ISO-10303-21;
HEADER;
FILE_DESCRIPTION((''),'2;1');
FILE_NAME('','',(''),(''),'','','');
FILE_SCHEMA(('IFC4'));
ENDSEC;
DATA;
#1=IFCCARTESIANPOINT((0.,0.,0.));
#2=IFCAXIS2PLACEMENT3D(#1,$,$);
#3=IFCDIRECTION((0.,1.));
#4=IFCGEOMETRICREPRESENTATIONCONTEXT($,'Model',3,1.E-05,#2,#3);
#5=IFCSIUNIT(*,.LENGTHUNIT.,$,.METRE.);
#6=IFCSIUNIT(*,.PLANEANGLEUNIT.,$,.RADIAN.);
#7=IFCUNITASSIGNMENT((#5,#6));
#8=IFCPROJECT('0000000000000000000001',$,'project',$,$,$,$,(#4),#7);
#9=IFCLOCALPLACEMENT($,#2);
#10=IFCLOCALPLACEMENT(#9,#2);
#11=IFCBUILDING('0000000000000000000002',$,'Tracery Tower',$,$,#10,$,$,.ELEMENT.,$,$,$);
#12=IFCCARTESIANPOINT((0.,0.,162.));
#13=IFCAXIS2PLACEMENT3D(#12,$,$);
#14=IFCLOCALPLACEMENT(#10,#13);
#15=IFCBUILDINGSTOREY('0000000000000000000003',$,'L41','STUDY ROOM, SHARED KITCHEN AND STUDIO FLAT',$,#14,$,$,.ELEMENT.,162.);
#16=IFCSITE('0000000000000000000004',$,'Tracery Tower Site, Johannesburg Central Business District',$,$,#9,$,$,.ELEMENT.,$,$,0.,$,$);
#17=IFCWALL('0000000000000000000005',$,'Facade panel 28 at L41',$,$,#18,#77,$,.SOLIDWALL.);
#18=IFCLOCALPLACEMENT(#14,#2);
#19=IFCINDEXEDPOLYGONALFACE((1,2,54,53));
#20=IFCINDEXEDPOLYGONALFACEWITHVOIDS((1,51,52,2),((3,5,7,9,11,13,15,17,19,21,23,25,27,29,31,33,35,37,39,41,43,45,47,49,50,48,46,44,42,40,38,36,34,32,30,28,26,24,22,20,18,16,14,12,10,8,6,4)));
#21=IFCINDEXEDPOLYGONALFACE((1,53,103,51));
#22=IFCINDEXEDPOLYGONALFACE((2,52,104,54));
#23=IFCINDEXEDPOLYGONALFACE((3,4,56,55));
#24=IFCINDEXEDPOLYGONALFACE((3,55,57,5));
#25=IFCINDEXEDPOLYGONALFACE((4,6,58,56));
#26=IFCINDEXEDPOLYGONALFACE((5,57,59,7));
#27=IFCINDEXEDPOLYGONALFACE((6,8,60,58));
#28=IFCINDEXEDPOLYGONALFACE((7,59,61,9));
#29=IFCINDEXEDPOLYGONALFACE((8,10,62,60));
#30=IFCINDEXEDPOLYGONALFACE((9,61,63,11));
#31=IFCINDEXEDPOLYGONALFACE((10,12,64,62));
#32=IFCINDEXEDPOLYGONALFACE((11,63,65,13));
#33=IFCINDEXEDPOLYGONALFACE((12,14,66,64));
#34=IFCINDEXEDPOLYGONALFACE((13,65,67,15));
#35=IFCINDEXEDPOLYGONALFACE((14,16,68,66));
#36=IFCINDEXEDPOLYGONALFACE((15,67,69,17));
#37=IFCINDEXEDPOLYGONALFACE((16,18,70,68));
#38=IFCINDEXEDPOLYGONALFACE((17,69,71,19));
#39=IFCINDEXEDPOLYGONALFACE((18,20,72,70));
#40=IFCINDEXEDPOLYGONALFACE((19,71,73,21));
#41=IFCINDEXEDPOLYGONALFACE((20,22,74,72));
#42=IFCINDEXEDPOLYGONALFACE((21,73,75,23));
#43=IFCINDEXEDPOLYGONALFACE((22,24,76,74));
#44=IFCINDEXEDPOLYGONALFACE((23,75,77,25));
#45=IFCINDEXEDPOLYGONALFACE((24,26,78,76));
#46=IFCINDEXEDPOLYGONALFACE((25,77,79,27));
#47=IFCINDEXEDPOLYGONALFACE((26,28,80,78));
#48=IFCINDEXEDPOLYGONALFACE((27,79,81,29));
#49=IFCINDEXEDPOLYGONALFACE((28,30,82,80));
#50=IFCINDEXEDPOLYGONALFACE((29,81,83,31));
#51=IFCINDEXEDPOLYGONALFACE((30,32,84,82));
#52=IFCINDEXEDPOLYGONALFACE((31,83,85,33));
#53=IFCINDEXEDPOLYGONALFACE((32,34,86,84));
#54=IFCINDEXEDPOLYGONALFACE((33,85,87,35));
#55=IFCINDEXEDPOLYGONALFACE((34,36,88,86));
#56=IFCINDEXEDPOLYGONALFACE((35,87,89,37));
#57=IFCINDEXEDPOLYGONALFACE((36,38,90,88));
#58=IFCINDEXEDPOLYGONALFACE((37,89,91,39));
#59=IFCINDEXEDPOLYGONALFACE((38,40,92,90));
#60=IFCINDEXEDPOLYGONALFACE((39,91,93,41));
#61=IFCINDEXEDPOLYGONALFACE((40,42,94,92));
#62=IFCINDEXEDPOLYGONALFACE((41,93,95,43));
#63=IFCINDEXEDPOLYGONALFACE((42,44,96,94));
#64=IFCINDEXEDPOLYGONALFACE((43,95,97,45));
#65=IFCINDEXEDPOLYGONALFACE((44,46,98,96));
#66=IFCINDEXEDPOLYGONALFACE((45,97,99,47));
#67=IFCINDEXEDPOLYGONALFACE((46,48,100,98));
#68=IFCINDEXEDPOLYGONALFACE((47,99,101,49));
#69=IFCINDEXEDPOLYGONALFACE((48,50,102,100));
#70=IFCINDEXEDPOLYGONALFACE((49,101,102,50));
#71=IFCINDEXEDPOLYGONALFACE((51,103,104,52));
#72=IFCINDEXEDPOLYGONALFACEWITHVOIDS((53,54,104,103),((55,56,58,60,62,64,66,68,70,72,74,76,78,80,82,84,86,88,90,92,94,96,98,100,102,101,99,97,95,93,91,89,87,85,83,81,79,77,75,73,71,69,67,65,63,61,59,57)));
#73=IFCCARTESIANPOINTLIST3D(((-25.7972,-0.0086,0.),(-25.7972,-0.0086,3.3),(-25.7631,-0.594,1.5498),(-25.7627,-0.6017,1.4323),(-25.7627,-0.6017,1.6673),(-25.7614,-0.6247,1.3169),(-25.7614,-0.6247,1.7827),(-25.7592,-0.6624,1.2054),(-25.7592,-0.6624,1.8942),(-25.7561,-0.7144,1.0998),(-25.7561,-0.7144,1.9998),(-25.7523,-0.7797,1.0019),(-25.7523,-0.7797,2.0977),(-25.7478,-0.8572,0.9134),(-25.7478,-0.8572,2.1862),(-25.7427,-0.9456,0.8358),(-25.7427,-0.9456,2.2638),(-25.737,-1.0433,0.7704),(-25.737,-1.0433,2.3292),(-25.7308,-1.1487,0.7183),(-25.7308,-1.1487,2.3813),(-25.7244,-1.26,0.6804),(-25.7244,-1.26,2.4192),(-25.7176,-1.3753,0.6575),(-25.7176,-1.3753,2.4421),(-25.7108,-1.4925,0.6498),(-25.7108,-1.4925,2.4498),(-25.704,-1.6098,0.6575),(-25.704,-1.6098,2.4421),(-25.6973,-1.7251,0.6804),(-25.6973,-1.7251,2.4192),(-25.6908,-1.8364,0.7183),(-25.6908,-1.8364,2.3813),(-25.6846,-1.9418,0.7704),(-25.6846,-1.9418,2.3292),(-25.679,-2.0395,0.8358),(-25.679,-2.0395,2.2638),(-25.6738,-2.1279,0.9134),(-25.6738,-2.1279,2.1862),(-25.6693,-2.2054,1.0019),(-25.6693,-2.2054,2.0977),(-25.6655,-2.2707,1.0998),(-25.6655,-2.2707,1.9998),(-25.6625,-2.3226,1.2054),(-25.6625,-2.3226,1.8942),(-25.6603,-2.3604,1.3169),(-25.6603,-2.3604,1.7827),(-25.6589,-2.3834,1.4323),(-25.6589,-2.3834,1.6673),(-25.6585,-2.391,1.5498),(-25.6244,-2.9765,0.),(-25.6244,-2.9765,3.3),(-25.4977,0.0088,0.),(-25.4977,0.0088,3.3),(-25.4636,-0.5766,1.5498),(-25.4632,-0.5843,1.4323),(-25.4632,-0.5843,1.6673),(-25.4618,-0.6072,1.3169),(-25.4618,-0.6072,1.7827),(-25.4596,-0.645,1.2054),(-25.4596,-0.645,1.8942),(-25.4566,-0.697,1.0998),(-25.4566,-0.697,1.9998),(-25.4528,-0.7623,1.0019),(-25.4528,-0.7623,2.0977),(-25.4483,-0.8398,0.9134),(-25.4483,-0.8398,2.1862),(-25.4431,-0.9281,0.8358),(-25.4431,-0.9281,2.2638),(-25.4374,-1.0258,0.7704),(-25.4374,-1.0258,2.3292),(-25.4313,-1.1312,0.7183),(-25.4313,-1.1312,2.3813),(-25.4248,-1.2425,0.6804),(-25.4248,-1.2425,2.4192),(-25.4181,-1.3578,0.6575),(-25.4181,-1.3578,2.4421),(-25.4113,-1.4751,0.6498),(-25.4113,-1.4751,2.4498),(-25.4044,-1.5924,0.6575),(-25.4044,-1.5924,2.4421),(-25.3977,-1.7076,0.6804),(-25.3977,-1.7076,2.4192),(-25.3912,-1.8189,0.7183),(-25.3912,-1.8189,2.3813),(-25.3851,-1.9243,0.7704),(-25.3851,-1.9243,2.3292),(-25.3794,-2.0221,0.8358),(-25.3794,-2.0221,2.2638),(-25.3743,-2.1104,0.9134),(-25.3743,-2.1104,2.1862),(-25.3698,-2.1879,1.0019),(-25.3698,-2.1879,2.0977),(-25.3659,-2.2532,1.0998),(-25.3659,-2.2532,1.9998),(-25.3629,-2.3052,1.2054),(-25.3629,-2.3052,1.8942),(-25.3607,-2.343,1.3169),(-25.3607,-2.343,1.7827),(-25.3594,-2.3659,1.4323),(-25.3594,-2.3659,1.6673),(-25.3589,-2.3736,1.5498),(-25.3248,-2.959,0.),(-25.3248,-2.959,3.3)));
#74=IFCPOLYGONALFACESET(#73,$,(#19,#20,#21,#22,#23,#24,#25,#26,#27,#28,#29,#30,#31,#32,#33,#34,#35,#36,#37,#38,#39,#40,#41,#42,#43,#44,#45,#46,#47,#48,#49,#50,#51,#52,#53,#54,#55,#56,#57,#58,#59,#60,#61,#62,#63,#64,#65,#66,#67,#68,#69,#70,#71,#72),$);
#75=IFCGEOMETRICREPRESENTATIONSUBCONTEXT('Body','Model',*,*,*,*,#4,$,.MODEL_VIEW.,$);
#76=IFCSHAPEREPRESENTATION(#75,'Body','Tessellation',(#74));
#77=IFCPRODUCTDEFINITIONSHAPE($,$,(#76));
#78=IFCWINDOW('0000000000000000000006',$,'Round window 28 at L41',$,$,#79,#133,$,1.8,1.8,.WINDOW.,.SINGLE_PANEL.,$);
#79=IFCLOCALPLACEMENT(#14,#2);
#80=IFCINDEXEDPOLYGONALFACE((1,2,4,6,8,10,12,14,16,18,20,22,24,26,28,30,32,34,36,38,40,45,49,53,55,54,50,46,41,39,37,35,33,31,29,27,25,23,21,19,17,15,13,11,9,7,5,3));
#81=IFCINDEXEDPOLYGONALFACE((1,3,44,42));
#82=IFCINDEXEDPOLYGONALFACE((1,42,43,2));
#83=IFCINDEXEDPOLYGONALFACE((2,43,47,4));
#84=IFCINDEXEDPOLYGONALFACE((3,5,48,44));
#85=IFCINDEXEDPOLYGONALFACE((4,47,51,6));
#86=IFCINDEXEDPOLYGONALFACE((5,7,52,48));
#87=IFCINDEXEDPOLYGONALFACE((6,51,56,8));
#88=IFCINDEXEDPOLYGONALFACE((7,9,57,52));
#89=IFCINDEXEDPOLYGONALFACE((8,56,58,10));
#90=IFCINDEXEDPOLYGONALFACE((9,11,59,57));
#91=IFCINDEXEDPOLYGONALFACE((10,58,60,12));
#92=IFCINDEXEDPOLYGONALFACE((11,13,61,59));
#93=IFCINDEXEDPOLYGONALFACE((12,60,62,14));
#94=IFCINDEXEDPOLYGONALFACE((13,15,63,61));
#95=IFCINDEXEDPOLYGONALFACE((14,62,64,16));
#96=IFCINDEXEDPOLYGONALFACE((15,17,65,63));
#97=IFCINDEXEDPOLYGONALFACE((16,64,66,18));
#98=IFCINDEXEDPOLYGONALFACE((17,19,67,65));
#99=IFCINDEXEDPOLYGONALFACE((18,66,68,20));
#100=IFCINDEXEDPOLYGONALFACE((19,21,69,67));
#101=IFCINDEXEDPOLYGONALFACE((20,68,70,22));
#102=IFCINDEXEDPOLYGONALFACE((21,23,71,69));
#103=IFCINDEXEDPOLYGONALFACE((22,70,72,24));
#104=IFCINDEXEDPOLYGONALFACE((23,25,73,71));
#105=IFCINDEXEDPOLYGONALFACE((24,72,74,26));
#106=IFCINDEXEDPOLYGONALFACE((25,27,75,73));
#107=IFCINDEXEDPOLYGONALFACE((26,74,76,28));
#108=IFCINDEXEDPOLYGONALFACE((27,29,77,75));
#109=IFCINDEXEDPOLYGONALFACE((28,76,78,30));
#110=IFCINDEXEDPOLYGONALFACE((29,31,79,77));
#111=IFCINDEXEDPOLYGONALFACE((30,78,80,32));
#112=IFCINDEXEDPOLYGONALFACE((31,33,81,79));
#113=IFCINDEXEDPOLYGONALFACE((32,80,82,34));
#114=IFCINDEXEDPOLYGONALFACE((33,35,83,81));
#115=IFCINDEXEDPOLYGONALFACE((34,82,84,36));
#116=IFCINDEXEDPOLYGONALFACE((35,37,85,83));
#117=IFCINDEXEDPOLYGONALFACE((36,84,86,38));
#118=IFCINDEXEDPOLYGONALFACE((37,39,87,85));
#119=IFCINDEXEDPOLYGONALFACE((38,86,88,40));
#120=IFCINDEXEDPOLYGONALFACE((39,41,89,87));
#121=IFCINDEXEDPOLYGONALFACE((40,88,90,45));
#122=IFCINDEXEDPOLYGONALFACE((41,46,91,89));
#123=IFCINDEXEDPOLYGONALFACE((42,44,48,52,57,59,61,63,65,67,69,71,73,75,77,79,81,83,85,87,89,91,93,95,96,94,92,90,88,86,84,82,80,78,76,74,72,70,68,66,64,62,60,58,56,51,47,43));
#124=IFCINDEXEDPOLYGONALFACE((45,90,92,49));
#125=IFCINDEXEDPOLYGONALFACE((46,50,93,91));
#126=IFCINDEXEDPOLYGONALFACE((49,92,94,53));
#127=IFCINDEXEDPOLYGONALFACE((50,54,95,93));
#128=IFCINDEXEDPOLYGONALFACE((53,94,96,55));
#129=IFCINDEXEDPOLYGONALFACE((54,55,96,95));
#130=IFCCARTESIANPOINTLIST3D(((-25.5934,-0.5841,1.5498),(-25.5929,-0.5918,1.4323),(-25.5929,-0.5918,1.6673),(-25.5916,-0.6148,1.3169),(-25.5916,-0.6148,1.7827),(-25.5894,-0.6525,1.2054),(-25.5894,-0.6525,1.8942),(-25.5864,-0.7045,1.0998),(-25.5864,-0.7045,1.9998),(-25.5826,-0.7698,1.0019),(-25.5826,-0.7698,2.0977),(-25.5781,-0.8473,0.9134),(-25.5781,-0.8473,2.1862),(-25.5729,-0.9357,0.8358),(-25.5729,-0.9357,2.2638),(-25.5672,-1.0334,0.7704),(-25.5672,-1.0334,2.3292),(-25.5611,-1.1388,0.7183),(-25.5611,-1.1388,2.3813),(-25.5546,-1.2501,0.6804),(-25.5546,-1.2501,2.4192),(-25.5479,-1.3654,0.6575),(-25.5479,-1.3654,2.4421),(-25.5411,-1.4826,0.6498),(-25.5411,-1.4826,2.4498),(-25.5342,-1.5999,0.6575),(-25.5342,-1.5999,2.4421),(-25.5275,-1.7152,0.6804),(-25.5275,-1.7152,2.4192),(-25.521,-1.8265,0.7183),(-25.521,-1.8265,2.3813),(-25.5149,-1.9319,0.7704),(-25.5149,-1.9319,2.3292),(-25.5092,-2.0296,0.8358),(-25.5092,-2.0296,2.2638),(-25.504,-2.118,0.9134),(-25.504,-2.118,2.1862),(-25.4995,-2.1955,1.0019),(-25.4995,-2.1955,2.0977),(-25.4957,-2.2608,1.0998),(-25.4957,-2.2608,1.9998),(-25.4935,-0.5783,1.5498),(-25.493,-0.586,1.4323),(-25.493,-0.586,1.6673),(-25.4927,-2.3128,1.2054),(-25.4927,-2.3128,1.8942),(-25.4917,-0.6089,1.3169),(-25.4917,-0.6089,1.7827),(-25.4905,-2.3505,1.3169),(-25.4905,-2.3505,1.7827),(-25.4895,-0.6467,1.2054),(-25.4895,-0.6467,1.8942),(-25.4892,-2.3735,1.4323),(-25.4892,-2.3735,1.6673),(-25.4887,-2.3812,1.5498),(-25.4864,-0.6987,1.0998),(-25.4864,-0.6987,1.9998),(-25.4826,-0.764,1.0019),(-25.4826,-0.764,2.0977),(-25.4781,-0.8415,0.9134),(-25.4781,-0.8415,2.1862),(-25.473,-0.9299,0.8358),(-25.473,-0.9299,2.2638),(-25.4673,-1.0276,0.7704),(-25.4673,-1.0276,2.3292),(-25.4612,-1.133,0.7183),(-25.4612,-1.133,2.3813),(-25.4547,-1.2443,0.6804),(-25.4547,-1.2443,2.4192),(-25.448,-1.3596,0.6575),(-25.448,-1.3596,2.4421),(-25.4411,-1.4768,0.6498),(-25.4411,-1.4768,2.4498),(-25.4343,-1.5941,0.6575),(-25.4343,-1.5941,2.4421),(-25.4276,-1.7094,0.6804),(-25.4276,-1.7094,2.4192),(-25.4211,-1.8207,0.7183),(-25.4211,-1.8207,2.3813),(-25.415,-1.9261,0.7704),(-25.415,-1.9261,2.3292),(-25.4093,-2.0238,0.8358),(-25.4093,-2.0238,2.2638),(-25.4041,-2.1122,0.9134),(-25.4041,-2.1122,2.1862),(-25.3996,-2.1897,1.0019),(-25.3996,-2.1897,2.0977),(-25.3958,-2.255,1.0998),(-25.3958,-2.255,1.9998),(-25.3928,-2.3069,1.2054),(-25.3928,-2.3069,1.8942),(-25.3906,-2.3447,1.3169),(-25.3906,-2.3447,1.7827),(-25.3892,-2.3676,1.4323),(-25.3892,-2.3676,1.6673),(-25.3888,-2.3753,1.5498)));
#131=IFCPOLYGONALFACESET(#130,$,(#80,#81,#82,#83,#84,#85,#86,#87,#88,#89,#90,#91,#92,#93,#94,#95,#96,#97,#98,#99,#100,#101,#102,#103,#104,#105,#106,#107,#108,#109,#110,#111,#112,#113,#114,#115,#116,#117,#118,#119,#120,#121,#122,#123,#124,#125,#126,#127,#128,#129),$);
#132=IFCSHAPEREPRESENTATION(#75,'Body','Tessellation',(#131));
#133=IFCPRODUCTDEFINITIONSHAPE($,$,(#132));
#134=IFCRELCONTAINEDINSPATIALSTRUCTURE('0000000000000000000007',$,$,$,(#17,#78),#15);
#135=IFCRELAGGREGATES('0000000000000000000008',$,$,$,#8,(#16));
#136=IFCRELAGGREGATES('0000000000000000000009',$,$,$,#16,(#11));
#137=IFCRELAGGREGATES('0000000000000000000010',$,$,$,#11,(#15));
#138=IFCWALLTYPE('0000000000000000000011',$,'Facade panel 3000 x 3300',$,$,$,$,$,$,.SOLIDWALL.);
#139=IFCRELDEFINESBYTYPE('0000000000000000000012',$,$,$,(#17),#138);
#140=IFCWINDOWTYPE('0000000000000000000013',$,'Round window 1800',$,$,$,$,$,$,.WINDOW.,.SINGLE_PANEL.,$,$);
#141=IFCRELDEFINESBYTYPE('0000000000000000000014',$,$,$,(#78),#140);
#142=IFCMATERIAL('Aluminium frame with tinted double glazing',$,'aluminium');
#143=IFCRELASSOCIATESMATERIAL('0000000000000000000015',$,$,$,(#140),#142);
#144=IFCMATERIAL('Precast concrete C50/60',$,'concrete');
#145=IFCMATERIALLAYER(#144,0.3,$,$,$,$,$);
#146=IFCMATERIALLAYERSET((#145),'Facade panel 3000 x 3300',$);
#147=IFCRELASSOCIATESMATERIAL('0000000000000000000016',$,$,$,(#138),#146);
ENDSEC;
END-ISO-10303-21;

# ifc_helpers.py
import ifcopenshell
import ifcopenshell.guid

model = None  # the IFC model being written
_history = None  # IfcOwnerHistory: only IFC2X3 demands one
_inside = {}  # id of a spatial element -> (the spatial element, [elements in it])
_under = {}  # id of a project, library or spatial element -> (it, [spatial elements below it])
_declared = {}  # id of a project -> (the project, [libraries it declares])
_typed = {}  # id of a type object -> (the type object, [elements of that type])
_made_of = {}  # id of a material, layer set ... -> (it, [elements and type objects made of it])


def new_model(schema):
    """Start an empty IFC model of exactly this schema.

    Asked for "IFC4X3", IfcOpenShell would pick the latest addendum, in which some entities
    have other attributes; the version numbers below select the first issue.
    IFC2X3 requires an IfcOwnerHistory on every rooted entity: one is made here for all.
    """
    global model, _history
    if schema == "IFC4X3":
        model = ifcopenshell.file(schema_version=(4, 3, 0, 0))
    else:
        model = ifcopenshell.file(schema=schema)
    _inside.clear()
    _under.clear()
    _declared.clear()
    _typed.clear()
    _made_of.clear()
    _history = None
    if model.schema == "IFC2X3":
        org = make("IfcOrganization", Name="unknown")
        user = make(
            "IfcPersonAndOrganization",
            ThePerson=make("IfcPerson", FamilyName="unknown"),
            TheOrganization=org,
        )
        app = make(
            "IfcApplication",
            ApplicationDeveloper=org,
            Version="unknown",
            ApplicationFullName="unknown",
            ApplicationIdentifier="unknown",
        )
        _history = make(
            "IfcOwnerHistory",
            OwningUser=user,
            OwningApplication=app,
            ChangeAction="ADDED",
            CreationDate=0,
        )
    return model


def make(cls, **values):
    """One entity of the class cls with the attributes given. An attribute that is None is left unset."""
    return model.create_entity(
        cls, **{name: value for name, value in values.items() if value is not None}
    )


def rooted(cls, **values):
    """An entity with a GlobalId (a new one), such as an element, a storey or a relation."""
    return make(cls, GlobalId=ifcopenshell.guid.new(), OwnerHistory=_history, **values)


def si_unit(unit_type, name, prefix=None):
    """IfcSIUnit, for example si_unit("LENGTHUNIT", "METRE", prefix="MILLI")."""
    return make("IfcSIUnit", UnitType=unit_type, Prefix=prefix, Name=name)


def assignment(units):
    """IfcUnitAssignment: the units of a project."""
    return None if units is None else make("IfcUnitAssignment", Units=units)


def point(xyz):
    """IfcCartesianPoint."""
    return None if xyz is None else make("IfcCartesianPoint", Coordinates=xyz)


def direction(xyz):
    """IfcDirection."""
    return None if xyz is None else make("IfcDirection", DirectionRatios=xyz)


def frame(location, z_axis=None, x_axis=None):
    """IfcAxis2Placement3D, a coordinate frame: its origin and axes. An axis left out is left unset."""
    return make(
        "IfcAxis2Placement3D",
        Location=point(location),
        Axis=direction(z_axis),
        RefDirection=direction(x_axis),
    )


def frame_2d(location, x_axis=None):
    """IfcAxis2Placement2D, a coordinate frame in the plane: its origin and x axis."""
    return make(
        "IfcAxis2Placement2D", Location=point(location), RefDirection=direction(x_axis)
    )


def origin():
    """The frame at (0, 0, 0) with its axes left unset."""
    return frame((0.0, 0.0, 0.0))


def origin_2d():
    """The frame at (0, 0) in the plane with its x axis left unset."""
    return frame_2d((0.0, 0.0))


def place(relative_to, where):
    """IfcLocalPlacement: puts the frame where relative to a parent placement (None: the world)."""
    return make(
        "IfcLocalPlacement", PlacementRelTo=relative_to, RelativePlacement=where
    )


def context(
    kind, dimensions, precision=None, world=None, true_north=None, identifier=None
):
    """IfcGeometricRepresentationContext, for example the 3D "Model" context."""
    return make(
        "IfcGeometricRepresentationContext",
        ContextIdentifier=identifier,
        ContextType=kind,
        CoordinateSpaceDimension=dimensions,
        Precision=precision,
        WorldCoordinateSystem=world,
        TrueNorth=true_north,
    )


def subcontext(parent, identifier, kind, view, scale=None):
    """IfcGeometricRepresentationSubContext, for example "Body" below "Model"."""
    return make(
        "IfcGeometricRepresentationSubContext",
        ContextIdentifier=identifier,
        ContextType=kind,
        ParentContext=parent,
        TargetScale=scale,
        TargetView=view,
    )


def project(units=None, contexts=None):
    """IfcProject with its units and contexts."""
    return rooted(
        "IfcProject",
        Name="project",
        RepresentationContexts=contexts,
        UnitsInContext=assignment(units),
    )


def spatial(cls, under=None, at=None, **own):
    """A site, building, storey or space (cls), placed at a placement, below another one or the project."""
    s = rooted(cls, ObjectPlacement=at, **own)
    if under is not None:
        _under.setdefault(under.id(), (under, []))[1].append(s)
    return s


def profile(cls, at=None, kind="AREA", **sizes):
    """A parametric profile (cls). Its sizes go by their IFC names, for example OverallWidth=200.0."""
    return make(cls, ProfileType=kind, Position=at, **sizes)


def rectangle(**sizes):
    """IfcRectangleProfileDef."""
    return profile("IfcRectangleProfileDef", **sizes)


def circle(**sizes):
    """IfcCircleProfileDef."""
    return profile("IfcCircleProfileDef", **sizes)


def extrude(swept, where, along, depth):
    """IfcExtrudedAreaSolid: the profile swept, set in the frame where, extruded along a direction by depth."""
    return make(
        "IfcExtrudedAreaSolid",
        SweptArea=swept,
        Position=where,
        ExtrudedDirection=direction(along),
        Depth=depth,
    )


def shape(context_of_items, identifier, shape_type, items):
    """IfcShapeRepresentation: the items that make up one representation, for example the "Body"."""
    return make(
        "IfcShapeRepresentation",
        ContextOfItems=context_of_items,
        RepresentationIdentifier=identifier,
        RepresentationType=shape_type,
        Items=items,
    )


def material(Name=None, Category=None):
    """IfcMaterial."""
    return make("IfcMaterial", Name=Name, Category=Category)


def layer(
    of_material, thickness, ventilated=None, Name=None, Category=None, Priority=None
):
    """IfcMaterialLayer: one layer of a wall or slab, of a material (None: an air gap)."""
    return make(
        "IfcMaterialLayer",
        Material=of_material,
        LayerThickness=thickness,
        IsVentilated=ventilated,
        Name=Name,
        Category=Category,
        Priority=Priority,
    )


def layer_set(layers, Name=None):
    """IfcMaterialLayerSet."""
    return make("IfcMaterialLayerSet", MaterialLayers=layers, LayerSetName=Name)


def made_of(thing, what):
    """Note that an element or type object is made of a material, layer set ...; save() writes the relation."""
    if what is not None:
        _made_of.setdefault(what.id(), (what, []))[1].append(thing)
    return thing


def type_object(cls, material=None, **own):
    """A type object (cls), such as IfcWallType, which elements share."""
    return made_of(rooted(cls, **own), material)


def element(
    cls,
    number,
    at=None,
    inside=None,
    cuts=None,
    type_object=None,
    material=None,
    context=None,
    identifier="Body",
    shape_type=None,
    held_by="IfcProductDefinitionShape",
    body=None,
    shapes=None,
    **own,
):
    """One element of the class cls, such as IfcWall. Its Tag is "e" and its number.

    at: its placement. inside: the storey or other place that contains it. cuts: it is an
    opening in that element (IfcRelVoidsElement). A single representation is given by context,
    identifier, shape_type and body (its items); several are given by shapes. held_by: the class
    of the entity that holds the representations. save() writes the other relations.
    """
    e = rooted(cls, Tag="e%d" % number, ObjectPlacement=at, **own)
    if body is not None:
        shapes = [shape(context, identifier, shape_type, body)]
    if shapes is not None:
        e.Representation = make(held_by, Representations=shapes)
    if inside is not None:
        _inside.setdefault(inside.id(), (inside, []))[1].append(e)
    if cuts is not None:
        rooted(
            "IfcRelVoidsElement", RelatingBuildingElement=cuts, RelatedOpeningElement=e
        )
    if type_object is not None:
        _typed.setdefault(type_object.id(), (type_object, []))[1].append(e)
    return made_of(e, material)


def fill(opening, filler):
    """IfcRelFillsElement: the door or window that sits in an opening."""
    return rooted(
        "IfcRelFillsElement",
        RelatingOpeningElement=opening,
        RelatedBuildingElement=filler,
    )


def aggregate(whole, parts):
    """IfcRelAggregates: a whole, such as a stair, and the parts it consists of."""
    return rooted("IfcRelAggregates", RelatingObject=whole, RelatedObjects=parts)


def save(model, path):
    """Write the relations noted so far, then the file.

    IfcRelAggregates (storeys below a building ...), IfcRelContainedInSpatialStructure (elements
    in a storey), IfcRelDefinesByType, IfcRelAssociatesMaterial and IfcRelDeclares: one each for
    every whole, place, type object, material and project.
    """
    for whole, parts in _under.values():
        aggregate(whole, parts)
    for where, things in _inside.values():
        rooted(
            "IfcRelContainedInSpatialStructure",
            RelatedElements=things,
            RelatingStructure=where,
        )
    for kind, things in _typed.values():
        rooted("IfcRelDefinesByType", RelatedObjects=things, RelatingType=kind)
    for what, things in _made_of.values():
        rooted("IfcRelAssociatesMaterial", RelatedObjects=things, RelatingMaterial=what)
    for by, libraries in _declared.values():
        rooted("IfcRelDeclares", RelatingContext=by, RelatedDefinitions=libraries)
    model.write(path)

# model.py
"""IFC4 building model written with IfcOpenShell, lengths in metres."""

from ifc_helpers import new_model, si_unit, direction, frame, frame_2d, origin, origin_2d, place, context, subcontext, project, spatial, rectangle, circle, extrude, material, layer, layer_set, type_object, element, fill, save


model = new_model("IFC4")

# Units and contexts
model_context = context("Model", 3, precision=1e-05, world=origin(), true_north=direction((0.0, 1.0)))
body_context = subcontext(model_context, "Body", "Model", "MODEL_VIEW")
ifc_project = project(units=[si_unit("LENGTHUNIT", "METRE"), si_unit("PLANEANGLEUNIT", "RADIAN")], contexts=[model_context])

# Site, building, storey
site_placement = place(None, origin())
site = spatial("IfcSite", under=ifc_project, at=site_placement, Name="Tracery Tower Site, Johannesburg Central Business District", CompositionType="ELEMENT", RefElevation=0.0)
building_placement = place(site_placement, origin())
building = spatial("IfcBuilding", under=site, at=building_placement, Name="Tracery Tower", CompositionType="ELEMENT")
storey_placement = place(building_placement, frame((0.0, 0.0, 162.0)))
storey = spatial("IfcBuildingStorey", under=building, at=storey_placement, Name="L41", Description="STUDY ROOM, SHARED KITCHEN AND STUDIO FLAT", CompositionType="ELEMENT", Elevation=162.0)

# Wall, opening, window
ifc_material_1 = material(Name="Aluminium frame with tinted double glazing", Category="aluminium")
window_type = type_object("IfcWindowType", Name="Round window 1800", PartitioningType="SINGLE_PANEL", PredefinedType="WINDOW", material=ifc_material_1)
ifc_material_2 = material(Name="Precast concrete C50/60", Category="concrete")
ifc_layer_1 = layer(ifc_material_2, 0.3)
ifc_layer_set_1 = layer_set([ifc_layer_1], Name="Facade panel 3000 x 3300")
wall_type_1 = type_object("IfcWallType", Name="Facade panel 3000 x 3300", PredefinedType="SOLIDWALL", material=ifc_layer_set_1)
wall_1_placement = place(storey_placement, frame((-25.6475, 0.0, 0.0), z_axis=(0.0, 0.0, 1.0), x_axis=(0.058144, -0.998308, 0.0)))
wall_1 = element("IfcWall", 1, at=wall_1_placement, inside=storey, type_object=wall_type_1, Name="Facade panel 28 at L41", PredefinedType="SOLIDWALL", context=body_context, shape_type="SweptSolid", body=[
    extrude(rectangle(XDim=2.9729, YDim=0.3, at=frame_2d((1.4863, 0.0))), origin(), (0.0, 0.0, 1.0), 3.3),
])
opening_1_placement = place(wall_1_placement, frame((1.4863, 0.0, 1.5498)))
opening_1 = element("IfcOpeningElement", 2, at=opening_1_placement, cuts=wall_1, PredefinedType="OPENING", context=body_context, shape_type="SweptSolid", body=[
    extrude(circle(Radius=0.9, at=origin_2d()), frame((0.0, 0.1599, 0.0), z_axis=(0.0, -1.0, 0.0), x_axis=(1.0, 0.0, 0.0)), (0.0, 0.0, 1.0), 0.3201),
])
window_1_placement = place(opening_1_placement, origin())
window_1 = element("IfcWindow", 3, at=window_1_placement, inside=storey, type_object=window_type, Name="Round window 28 at L41", OverallHeight=1.8, OverallWidth=1.8, PartitioningType="SINGLE_PANEL", PredefinedType="WINDOW", context=body_context, shape_type="SweptSolid", body=[
    extrude(circle(Radius=0.9, at=origin_2d()), frame((0.0, 0.1201, 0.0), z_axis=(0.0, -1.0, 0.0), x_axis=(1.0, 0.0, 0.0)), (0.0, 0.0, 1.0), 0.1001),
])
fill(opening_1, window_1)

save(model, "model.ifc")
